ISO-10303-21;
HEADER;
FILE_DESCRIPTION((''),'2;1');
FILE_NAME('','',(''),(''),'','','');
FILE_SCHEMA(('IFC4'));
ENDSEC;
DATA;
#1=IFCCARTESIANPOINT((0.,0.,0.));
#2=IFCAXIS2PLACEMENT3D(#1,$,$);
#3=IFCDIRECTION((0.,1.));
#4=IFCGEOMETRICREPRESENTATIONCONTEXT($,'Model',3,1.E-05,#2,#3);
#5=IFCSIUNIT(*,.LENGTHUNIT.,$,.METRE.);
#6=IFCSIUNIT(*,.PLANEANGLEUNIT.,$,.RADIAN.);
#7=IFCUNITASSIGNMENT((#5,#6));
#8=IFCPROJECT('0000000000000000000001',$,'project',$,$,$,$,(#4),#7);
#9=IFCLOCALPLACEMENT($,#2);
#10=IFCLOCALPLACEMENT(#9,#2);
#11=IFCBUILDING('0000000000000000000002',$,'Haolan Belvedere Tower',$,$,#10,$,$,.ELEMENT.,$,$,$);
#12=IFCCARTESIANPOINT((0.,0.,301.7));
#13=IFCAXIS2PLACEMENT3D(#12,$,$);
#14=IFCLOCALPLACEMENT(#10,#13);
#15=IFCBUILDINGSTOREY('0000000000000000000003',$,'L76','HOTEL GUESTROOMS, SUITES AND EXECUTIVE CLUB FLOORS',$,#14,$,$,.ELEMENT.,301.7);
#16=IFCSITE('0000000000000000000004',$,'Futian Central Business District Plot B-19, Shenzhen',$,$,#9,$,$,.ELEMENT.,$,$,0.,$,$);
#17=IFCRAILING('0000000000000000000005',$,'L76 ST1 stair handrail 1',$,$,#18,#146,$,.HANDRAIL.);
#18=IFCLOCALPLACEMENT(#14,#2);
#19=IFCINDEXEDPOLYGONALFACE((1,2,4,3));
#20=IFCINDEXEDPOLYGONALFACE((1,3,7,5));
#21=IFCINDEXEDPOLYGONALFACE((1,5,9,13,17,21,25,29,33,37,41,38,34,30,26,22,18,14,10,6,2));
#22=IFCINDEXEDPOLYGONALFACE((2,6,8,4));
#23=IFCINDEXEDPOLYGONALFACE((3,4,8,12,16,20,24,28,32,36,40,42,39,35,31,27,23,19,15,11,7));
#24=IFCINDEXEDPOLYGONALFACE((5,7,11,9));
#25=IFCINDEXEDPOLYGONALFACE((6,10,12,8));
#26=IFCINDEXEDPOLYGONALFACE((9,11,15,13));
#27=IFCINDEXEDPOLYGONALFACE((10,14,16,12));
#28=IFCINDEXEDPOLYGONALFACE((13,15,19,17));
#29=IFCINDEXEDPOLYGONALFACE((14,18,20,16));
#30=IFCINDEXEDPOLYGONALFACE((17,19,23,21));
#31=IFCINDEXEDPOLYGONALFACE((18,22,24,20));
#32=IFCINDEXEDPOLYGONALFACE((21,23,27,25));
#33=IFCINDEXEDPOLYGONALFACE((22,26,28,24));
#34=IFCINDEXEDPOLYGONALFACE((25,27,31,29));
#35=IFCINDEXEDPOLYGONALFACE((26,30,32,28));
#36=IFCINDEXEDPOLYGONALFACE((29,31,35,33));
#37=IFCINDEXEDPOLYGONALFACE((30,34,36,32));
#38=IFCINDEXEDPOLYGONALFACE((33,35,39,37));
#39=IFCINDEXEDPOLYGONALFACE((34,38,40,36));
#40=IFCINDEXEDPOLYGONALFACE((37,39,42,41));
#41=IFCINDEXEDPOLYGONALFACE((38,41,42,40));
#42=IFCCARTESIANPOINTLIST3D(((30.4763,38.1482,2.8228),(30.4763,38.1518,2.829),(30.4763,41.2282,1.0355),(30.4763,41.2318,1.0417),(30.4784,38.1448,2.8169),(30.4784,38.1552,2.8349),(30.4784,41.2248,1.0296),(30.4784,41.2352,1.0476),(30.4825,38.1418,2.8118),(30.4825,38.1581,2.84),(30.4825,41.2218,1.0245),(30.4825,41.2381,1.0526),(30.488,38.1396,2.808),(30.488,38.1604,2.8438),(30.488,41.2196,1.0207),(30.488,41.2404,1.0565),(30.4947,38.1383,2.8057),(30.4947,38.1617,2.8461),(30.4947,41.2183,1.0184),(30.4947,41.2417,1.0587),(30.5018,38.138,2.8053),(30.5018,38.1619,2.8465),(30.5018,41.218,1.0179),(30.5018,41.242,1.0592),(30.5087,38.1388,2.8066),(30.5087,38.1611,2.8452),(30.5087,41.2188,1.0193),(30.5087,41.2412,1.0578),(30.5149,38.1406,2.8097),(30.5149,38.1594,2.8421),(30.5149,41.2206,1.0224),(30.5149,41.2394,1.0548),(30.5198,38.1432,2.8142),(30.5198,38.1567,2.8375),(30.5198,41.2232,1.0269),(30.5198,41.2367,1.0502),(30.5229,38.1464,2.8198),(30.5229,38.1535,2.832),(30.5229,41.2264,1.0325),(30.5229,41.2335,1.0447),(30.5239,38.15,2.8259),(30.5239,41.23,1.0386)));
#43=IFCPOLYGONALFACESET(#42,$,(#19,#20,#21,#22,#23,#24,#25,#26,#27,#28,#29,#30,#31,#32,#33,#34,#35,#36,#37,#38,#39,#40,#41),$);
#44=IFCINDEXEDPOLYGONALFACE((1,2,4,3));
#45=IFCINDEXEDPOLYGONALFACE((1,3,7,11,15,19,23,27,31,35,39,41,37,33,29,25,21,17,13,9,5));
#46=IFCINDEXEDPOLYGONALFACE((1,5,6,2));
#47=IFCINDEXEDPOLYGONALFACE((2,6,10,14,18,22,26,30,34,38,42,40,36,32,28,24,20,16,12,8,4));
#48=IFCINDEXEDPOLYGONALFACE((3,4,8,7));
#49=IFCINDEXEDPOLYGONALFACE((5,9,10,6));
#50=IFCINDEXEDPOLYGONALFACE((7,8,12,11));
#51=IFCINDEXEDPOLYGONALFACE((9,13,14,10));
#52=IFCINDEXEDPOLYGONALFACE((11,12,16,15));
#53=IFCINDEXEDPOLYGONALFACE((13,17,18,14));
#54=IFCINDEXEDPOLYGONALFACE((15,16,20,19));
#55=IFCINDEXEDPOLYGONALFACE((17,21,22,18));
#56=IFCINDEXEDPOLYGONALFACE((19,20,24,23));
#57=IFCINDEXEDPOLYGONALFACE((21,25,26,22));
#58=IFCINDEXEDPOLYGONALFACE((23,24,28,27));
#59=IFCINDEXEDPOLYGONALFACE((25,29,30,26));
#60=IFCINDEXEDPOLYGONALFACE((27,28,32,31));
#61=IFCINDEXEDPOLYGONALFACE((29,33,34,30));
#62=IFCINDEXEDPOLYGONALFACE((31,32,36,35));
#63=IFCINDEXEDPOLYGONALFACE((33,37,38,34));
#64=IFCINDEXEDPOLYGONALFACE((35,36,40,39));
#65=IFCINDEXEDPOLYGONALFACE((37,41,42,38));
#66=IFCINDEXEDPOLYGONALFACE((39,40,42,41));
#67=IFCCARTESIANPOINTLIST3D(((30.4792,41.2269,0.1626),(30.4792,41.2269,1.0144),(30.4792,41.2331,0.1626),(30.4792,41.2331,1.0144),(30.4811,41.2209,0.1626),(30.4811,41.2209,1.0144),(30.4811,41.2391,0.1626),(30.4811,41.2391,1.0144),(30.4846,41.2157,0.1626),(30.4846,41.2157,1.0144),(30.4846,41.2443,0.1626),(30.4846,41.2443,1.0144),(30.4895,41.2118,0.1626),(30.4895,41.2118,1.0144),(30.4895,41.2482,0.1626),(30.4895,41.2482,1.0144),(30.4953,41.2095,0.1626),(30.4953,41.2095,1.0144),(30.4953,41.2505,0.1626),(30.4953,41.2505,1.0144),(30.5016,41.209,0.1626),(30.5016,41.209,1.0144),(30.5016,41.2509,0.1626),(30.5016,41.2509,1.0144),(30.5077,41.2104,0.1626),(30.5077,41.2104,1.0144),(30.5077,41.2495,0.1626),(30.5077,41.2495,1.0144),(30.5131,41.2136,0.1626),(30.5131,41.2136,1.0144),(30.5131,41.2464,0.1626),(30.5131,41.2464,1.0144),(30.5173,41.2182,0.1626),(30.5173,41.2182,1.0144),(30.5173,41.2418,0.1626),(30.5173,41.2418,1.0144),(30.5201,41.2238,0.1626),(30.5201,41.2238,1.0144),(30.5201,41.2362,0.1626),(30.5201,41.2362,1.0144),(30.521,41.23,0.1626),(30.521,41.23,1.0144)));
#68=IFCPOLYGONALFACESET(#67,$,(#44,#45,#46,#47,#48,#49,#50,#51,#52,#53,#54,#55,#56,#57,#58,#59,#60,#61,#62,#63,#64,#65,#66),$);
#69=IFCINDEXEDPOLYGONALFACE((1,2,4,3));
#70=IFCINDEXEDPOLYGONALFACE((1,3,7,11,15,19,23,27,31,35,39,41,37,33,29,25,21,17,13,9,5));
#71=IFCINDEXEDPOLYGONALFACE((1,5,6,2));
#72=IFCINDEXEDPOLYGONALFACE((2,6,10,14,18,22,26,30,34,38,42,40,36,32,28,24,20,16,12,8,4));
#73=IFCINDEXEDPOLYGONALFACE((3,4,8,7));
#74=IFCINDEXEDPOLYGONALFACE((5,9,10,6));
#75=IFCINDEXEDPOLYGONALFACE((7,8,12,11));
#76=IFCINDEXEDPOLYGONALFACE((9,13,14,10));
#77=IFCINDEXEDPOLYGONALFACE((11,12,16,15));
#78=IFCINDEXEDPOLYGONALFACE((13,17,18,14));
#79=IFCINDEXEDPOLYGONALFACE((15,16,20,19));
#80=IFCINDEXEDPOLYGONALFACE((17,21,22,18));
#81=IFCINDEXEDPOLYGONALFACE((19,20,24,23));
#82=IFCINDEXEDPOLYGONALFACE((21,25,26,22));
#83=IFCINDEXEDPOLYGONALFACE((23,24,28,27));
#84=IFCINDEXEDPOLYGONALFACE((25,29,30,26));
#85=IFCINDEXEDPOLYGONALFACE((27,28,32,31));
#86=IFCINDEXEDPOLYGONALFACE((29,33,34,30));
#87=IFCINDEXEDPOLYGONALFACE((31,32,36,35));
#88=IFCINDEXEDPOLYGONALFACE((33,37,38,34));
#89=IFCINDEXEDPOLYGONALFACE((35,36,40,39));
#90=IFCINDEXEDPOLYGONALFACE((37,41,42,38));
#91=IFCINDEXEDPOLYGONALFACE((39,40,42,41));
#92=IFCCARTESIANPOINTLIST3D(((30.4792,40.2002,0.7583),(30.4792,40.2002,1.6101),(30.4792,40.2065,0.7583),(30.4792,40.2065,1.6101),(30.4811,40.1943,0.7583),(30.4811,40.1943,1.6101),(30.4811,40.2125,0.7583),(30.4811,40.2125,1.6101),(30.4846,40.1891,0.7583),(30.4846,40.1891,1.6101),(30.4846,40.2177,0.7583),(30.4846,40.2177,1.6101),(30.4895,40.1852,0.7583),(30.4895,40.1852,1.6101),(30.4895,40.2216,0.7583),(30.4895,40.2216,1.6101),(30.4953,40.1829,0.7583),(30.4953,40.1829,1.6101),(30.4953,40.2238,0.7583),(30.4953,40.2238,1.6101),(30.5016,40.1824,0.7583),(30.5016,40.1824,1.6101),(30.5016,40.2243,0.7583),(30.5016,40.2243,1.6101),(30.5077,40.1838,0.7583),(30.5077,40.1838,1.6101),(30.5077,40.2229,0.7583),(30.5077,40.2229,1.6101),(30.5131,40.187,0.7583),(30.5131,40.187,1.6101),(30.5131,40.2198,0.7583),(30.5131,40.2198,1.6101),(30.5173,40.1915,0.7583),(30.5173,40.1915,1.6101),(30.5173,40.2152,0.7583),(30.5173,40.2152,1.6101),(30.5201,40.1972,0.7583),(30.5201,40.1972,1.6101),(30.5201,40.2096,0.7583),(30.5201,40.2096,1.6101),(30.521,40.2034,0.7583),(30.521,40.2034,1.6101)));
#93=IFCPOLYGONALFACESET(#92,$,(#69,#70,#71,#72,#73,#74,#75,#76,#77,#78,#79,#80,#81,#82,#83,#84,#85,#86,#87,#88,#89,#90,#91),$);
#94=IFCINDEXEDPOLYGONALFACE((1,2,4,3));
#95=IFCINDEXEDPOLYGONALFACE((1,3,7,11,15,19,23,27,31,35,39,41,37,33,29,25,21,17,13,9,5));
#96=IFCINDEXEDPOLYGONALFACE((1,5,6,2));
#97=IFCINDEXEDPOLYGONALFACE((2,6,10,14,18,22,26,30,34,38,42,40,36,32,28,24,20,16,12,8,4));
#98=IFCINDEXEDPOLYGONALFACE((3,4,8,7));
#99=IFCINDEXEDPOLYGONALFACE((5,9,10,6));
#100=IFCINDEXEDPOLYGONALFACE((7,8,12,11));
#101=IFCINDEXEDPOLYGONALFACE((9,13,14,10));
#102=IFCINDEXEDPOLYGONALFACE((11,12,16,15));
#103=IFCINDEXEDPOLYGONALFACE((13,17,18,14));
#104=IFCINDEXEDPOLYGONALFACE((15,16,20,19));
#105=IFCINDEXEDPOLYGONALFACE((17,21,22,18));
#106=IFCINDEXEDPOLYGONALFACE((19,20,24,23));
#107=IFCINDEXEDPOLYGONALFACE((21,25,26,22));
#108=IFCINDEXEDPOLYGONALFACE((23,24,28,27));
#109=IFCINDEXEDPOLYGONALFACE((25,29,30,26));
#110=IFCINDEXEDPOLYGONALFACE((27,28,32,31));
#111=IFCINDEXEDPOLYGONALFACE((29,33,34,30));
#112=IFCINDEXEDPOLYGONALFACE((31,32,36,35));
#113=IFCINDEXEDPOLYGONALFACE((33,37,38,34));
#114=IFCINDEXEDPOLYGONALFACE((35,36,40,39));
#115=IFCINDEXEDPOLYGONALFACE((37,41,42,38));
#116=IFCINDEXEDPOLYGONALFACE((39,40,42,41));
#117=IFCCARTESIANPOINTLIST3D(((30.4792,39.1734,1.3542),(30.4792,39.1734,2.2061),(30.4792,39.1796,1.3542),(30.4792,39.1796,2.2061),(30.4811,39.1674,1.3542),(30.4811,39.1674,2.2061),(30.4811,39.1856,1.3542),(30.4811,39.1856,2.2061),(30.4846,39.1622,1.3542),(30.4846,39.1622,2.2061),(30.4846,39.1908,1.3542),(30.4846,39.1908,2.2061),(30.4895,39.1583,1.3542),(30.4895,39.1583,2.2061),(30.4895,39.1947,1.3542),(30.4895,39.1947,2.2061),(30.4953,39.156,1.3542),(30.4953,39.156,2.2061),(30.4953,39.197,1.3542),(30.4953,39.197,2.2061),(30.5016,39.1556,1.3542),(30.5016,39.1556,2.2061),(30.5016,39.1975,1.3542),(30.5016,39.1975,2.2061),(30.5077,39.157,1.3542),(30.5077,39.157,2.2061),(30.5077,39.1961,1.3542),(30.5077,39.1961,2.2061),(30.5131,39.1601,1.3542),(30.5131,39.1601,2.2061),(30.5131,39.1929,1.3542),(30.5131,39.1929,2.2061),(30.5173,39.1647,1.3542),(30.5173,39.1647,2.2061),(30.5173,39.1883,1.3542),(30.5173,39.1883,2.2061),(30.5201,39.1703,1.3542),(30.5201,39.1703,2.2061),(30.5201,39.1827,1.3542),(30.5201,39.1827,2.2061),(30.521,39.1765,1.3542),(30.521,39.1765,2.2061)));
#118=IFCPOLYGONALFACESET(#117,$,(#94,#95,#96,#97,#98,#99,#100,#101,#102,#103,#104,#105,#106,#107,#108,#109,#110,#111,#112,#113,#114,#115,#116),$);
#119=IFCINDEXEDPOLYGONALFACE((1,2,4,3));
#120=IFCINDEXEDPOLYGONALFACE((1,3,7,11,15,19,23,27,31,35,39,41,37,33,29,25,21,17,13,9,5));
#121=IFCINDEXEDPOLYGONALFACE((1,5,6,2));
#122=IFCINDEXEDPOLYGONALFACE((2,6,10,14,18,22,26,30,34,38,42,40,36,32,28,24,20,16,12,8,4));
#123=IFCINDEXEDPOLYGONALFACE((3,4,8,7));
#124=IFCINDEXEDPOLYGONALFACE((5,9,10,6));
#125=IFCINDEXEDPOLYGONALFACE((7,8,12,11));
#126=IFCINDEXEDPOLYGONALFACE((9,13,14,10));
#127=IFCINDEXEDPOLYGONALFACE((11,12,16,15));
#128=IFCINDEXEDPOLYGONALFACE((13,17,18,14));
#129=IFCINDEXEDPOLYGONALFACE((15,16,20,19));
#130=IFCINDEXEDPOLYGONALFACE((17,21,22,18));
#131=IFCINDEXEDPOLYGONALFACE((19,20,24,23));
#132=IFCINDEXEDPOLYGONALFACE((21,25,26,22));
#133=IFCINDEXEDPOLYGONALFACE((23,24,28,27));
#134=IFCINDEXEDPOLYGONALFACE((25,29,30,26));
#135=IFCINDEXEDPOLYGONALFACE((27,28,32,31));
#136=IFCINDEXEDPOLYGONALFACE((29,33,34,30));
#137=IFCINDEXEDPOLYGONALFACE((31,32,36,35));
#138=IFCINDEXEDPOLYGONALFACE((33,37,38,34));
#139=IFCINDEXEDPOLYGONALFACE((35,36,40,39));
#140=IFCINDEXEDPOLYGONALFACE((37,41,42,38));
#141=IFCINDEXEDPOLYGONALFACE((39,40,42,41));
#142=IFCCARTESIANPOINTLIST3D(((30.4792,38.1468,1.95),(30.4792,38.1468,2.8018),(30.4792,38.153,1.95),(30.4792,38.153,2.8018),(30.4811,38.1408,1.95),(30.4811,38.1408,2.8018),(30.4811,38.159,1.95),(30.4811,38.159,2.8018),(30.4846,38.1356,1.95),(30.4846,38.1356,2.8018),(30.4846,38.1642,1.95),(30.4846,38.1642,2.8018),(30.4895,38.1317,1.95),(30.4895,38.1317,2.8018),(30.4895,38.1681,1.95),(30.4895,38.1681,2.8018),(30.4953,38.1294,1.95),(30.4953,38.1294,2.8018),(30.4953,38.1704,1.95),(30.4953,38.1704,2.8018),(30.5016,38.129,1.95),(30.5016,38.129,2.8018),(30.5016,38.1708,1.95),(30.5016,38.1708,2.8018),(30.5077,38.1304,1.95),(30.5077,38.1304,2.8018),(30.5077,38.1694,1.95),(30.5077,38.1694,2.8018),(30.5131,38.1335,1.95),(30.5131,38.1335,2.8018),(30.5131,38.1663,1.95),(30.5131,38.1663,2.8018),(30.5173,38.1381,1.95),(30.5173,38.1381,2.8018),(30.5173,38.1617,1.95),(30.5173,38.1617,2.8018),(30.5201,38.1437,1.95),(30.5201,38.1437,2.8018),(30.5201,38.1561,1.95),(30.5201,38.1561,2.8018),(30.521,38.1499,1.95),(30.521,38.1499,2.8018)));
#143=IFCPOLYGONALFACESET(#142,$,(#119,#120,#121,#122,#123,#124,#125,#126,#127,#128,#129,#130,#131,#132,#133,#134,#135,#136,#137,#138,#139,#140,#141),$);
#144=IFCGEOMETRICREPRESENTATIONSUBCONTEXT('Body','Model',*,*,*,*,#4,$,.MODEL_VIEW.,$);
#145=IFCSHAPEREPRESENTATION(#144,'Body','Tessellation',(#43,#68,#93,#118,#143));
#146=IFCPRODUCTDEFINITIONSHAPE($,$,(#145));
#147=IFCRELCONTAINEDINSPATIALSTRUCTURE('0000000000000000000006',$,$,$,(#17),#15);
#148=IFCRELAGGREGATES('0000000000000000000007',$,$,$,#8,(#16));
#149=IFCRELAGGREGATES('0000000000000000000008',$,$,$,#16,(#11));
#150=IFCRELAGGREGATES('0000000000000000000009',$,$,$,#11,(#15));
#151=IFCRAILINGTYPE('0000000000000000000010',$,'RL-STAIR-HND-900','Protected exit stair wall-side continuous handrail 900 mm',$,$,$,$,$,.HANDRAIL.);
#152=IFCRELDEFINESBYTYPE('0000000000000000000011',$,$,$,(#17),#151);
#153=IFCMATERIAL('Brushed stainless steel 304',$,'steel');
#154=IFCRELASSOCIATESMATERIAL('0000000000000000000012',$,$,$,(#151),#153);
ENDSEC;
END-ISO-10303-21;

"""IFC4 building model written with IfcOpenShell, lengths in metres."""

from ifc_helpers import new_model, si_unit, direction, frame, origin, origin_2d, place, context, subcontext, project, spatial, circle, extrude, material, type_object, element, save


model = new_model("IFC4")

# Units and contexts
model_context = context("Model", 3, precision=1e-05, world=origin(), true_north=direction((0.0, 1.0)))
body_context = subcontext(model_context, "Body", "Model", "MODEL_VIEW")
ifc_project = project(units=[si_unit("LENGTHUNIT", "METRE"), si_unit("PLANEANGLEUNIT", "RADIAN")], contexts=[model_context])

# Site, building, storey
site_placement = place(None, origin())
site = spatial("IfcSite", under=ifc_project, at=site_placement, Name="Futian Central Business District Plot B-19, Shenzhen", CompositionType="ELEMENT", RefElevation=0.0)
building_placement = place(site_placement, origin())
building = spatial("IfcBuilding", under=site, at=building_placement, Name="Haolan Belvedere Tower", CompositionType="ELEMENT")
storey_placement = place(building_placement, frame((0.0, 0.0, 301.7)))
storey = spatial("IfcBuildingStorey", under=building, at=storey_placement, Name="L76", Description="HOTEL GUESTROOMS, SUITES AND EXECUTIVE CLUB FLOORS", CompositionType="ELEMENT", Elevation=301.7)

# Railing
ifc_material_1 = material(Name="Brushed stainless steel 304", Category="steel")
railing_type_1 = type_object("IfcRailingType", Name="RL-STAIR-HND-900", Description="Protected exit stair wall-side continuous handrail 900 mm", PredefinedType="HANDRAIL", material=ifc_material_1)
railing_1_placement = place(storey_placement, frame((30.5, 41.23, 0.1626)))
element("IfcRailing", 1, at=railing_1_placement, inside=storey, type_object=railing_type_1, Name="L76 ST1 stair handrail 1", PredefinedType="HANDRAIL", context=body_context, shape_type="SweptSolid", body=[
    extrude(circle(Radius=0.0239, at=origin_2d()), frame((0.0, 0.0, 0.876), z_axis=(0.0, -0.86492, 0.501909), x_axis=(1.0, 0.0, 0.0)), (0.0, 0.0, 1.0), 3.561),
    extrude(circle(Radius=0.021, at=origin_2d()), origin(), (0.0, 0.0, 1.0), 0.8518),
    extrude(circle(Radius=0.021, at=origin_2d()), frame((0.0, -1.0266, 0.5957)), (0.0, 0.0, 1.0), 0.8518),
    extrude(circle(Radius=0.021, at=origin_2d()), frame((0.0, -2.0535, 1.1917)), (0.0, 0.0, 1.0), 0.8518),
    extrude(circle(Radius=0.021, at=origin_2d()), frame((0.0, -3.0801, 1.7874)), (0.0, 0.0, 1.0), 0.8518),
])

save(model, "model.ifc")
